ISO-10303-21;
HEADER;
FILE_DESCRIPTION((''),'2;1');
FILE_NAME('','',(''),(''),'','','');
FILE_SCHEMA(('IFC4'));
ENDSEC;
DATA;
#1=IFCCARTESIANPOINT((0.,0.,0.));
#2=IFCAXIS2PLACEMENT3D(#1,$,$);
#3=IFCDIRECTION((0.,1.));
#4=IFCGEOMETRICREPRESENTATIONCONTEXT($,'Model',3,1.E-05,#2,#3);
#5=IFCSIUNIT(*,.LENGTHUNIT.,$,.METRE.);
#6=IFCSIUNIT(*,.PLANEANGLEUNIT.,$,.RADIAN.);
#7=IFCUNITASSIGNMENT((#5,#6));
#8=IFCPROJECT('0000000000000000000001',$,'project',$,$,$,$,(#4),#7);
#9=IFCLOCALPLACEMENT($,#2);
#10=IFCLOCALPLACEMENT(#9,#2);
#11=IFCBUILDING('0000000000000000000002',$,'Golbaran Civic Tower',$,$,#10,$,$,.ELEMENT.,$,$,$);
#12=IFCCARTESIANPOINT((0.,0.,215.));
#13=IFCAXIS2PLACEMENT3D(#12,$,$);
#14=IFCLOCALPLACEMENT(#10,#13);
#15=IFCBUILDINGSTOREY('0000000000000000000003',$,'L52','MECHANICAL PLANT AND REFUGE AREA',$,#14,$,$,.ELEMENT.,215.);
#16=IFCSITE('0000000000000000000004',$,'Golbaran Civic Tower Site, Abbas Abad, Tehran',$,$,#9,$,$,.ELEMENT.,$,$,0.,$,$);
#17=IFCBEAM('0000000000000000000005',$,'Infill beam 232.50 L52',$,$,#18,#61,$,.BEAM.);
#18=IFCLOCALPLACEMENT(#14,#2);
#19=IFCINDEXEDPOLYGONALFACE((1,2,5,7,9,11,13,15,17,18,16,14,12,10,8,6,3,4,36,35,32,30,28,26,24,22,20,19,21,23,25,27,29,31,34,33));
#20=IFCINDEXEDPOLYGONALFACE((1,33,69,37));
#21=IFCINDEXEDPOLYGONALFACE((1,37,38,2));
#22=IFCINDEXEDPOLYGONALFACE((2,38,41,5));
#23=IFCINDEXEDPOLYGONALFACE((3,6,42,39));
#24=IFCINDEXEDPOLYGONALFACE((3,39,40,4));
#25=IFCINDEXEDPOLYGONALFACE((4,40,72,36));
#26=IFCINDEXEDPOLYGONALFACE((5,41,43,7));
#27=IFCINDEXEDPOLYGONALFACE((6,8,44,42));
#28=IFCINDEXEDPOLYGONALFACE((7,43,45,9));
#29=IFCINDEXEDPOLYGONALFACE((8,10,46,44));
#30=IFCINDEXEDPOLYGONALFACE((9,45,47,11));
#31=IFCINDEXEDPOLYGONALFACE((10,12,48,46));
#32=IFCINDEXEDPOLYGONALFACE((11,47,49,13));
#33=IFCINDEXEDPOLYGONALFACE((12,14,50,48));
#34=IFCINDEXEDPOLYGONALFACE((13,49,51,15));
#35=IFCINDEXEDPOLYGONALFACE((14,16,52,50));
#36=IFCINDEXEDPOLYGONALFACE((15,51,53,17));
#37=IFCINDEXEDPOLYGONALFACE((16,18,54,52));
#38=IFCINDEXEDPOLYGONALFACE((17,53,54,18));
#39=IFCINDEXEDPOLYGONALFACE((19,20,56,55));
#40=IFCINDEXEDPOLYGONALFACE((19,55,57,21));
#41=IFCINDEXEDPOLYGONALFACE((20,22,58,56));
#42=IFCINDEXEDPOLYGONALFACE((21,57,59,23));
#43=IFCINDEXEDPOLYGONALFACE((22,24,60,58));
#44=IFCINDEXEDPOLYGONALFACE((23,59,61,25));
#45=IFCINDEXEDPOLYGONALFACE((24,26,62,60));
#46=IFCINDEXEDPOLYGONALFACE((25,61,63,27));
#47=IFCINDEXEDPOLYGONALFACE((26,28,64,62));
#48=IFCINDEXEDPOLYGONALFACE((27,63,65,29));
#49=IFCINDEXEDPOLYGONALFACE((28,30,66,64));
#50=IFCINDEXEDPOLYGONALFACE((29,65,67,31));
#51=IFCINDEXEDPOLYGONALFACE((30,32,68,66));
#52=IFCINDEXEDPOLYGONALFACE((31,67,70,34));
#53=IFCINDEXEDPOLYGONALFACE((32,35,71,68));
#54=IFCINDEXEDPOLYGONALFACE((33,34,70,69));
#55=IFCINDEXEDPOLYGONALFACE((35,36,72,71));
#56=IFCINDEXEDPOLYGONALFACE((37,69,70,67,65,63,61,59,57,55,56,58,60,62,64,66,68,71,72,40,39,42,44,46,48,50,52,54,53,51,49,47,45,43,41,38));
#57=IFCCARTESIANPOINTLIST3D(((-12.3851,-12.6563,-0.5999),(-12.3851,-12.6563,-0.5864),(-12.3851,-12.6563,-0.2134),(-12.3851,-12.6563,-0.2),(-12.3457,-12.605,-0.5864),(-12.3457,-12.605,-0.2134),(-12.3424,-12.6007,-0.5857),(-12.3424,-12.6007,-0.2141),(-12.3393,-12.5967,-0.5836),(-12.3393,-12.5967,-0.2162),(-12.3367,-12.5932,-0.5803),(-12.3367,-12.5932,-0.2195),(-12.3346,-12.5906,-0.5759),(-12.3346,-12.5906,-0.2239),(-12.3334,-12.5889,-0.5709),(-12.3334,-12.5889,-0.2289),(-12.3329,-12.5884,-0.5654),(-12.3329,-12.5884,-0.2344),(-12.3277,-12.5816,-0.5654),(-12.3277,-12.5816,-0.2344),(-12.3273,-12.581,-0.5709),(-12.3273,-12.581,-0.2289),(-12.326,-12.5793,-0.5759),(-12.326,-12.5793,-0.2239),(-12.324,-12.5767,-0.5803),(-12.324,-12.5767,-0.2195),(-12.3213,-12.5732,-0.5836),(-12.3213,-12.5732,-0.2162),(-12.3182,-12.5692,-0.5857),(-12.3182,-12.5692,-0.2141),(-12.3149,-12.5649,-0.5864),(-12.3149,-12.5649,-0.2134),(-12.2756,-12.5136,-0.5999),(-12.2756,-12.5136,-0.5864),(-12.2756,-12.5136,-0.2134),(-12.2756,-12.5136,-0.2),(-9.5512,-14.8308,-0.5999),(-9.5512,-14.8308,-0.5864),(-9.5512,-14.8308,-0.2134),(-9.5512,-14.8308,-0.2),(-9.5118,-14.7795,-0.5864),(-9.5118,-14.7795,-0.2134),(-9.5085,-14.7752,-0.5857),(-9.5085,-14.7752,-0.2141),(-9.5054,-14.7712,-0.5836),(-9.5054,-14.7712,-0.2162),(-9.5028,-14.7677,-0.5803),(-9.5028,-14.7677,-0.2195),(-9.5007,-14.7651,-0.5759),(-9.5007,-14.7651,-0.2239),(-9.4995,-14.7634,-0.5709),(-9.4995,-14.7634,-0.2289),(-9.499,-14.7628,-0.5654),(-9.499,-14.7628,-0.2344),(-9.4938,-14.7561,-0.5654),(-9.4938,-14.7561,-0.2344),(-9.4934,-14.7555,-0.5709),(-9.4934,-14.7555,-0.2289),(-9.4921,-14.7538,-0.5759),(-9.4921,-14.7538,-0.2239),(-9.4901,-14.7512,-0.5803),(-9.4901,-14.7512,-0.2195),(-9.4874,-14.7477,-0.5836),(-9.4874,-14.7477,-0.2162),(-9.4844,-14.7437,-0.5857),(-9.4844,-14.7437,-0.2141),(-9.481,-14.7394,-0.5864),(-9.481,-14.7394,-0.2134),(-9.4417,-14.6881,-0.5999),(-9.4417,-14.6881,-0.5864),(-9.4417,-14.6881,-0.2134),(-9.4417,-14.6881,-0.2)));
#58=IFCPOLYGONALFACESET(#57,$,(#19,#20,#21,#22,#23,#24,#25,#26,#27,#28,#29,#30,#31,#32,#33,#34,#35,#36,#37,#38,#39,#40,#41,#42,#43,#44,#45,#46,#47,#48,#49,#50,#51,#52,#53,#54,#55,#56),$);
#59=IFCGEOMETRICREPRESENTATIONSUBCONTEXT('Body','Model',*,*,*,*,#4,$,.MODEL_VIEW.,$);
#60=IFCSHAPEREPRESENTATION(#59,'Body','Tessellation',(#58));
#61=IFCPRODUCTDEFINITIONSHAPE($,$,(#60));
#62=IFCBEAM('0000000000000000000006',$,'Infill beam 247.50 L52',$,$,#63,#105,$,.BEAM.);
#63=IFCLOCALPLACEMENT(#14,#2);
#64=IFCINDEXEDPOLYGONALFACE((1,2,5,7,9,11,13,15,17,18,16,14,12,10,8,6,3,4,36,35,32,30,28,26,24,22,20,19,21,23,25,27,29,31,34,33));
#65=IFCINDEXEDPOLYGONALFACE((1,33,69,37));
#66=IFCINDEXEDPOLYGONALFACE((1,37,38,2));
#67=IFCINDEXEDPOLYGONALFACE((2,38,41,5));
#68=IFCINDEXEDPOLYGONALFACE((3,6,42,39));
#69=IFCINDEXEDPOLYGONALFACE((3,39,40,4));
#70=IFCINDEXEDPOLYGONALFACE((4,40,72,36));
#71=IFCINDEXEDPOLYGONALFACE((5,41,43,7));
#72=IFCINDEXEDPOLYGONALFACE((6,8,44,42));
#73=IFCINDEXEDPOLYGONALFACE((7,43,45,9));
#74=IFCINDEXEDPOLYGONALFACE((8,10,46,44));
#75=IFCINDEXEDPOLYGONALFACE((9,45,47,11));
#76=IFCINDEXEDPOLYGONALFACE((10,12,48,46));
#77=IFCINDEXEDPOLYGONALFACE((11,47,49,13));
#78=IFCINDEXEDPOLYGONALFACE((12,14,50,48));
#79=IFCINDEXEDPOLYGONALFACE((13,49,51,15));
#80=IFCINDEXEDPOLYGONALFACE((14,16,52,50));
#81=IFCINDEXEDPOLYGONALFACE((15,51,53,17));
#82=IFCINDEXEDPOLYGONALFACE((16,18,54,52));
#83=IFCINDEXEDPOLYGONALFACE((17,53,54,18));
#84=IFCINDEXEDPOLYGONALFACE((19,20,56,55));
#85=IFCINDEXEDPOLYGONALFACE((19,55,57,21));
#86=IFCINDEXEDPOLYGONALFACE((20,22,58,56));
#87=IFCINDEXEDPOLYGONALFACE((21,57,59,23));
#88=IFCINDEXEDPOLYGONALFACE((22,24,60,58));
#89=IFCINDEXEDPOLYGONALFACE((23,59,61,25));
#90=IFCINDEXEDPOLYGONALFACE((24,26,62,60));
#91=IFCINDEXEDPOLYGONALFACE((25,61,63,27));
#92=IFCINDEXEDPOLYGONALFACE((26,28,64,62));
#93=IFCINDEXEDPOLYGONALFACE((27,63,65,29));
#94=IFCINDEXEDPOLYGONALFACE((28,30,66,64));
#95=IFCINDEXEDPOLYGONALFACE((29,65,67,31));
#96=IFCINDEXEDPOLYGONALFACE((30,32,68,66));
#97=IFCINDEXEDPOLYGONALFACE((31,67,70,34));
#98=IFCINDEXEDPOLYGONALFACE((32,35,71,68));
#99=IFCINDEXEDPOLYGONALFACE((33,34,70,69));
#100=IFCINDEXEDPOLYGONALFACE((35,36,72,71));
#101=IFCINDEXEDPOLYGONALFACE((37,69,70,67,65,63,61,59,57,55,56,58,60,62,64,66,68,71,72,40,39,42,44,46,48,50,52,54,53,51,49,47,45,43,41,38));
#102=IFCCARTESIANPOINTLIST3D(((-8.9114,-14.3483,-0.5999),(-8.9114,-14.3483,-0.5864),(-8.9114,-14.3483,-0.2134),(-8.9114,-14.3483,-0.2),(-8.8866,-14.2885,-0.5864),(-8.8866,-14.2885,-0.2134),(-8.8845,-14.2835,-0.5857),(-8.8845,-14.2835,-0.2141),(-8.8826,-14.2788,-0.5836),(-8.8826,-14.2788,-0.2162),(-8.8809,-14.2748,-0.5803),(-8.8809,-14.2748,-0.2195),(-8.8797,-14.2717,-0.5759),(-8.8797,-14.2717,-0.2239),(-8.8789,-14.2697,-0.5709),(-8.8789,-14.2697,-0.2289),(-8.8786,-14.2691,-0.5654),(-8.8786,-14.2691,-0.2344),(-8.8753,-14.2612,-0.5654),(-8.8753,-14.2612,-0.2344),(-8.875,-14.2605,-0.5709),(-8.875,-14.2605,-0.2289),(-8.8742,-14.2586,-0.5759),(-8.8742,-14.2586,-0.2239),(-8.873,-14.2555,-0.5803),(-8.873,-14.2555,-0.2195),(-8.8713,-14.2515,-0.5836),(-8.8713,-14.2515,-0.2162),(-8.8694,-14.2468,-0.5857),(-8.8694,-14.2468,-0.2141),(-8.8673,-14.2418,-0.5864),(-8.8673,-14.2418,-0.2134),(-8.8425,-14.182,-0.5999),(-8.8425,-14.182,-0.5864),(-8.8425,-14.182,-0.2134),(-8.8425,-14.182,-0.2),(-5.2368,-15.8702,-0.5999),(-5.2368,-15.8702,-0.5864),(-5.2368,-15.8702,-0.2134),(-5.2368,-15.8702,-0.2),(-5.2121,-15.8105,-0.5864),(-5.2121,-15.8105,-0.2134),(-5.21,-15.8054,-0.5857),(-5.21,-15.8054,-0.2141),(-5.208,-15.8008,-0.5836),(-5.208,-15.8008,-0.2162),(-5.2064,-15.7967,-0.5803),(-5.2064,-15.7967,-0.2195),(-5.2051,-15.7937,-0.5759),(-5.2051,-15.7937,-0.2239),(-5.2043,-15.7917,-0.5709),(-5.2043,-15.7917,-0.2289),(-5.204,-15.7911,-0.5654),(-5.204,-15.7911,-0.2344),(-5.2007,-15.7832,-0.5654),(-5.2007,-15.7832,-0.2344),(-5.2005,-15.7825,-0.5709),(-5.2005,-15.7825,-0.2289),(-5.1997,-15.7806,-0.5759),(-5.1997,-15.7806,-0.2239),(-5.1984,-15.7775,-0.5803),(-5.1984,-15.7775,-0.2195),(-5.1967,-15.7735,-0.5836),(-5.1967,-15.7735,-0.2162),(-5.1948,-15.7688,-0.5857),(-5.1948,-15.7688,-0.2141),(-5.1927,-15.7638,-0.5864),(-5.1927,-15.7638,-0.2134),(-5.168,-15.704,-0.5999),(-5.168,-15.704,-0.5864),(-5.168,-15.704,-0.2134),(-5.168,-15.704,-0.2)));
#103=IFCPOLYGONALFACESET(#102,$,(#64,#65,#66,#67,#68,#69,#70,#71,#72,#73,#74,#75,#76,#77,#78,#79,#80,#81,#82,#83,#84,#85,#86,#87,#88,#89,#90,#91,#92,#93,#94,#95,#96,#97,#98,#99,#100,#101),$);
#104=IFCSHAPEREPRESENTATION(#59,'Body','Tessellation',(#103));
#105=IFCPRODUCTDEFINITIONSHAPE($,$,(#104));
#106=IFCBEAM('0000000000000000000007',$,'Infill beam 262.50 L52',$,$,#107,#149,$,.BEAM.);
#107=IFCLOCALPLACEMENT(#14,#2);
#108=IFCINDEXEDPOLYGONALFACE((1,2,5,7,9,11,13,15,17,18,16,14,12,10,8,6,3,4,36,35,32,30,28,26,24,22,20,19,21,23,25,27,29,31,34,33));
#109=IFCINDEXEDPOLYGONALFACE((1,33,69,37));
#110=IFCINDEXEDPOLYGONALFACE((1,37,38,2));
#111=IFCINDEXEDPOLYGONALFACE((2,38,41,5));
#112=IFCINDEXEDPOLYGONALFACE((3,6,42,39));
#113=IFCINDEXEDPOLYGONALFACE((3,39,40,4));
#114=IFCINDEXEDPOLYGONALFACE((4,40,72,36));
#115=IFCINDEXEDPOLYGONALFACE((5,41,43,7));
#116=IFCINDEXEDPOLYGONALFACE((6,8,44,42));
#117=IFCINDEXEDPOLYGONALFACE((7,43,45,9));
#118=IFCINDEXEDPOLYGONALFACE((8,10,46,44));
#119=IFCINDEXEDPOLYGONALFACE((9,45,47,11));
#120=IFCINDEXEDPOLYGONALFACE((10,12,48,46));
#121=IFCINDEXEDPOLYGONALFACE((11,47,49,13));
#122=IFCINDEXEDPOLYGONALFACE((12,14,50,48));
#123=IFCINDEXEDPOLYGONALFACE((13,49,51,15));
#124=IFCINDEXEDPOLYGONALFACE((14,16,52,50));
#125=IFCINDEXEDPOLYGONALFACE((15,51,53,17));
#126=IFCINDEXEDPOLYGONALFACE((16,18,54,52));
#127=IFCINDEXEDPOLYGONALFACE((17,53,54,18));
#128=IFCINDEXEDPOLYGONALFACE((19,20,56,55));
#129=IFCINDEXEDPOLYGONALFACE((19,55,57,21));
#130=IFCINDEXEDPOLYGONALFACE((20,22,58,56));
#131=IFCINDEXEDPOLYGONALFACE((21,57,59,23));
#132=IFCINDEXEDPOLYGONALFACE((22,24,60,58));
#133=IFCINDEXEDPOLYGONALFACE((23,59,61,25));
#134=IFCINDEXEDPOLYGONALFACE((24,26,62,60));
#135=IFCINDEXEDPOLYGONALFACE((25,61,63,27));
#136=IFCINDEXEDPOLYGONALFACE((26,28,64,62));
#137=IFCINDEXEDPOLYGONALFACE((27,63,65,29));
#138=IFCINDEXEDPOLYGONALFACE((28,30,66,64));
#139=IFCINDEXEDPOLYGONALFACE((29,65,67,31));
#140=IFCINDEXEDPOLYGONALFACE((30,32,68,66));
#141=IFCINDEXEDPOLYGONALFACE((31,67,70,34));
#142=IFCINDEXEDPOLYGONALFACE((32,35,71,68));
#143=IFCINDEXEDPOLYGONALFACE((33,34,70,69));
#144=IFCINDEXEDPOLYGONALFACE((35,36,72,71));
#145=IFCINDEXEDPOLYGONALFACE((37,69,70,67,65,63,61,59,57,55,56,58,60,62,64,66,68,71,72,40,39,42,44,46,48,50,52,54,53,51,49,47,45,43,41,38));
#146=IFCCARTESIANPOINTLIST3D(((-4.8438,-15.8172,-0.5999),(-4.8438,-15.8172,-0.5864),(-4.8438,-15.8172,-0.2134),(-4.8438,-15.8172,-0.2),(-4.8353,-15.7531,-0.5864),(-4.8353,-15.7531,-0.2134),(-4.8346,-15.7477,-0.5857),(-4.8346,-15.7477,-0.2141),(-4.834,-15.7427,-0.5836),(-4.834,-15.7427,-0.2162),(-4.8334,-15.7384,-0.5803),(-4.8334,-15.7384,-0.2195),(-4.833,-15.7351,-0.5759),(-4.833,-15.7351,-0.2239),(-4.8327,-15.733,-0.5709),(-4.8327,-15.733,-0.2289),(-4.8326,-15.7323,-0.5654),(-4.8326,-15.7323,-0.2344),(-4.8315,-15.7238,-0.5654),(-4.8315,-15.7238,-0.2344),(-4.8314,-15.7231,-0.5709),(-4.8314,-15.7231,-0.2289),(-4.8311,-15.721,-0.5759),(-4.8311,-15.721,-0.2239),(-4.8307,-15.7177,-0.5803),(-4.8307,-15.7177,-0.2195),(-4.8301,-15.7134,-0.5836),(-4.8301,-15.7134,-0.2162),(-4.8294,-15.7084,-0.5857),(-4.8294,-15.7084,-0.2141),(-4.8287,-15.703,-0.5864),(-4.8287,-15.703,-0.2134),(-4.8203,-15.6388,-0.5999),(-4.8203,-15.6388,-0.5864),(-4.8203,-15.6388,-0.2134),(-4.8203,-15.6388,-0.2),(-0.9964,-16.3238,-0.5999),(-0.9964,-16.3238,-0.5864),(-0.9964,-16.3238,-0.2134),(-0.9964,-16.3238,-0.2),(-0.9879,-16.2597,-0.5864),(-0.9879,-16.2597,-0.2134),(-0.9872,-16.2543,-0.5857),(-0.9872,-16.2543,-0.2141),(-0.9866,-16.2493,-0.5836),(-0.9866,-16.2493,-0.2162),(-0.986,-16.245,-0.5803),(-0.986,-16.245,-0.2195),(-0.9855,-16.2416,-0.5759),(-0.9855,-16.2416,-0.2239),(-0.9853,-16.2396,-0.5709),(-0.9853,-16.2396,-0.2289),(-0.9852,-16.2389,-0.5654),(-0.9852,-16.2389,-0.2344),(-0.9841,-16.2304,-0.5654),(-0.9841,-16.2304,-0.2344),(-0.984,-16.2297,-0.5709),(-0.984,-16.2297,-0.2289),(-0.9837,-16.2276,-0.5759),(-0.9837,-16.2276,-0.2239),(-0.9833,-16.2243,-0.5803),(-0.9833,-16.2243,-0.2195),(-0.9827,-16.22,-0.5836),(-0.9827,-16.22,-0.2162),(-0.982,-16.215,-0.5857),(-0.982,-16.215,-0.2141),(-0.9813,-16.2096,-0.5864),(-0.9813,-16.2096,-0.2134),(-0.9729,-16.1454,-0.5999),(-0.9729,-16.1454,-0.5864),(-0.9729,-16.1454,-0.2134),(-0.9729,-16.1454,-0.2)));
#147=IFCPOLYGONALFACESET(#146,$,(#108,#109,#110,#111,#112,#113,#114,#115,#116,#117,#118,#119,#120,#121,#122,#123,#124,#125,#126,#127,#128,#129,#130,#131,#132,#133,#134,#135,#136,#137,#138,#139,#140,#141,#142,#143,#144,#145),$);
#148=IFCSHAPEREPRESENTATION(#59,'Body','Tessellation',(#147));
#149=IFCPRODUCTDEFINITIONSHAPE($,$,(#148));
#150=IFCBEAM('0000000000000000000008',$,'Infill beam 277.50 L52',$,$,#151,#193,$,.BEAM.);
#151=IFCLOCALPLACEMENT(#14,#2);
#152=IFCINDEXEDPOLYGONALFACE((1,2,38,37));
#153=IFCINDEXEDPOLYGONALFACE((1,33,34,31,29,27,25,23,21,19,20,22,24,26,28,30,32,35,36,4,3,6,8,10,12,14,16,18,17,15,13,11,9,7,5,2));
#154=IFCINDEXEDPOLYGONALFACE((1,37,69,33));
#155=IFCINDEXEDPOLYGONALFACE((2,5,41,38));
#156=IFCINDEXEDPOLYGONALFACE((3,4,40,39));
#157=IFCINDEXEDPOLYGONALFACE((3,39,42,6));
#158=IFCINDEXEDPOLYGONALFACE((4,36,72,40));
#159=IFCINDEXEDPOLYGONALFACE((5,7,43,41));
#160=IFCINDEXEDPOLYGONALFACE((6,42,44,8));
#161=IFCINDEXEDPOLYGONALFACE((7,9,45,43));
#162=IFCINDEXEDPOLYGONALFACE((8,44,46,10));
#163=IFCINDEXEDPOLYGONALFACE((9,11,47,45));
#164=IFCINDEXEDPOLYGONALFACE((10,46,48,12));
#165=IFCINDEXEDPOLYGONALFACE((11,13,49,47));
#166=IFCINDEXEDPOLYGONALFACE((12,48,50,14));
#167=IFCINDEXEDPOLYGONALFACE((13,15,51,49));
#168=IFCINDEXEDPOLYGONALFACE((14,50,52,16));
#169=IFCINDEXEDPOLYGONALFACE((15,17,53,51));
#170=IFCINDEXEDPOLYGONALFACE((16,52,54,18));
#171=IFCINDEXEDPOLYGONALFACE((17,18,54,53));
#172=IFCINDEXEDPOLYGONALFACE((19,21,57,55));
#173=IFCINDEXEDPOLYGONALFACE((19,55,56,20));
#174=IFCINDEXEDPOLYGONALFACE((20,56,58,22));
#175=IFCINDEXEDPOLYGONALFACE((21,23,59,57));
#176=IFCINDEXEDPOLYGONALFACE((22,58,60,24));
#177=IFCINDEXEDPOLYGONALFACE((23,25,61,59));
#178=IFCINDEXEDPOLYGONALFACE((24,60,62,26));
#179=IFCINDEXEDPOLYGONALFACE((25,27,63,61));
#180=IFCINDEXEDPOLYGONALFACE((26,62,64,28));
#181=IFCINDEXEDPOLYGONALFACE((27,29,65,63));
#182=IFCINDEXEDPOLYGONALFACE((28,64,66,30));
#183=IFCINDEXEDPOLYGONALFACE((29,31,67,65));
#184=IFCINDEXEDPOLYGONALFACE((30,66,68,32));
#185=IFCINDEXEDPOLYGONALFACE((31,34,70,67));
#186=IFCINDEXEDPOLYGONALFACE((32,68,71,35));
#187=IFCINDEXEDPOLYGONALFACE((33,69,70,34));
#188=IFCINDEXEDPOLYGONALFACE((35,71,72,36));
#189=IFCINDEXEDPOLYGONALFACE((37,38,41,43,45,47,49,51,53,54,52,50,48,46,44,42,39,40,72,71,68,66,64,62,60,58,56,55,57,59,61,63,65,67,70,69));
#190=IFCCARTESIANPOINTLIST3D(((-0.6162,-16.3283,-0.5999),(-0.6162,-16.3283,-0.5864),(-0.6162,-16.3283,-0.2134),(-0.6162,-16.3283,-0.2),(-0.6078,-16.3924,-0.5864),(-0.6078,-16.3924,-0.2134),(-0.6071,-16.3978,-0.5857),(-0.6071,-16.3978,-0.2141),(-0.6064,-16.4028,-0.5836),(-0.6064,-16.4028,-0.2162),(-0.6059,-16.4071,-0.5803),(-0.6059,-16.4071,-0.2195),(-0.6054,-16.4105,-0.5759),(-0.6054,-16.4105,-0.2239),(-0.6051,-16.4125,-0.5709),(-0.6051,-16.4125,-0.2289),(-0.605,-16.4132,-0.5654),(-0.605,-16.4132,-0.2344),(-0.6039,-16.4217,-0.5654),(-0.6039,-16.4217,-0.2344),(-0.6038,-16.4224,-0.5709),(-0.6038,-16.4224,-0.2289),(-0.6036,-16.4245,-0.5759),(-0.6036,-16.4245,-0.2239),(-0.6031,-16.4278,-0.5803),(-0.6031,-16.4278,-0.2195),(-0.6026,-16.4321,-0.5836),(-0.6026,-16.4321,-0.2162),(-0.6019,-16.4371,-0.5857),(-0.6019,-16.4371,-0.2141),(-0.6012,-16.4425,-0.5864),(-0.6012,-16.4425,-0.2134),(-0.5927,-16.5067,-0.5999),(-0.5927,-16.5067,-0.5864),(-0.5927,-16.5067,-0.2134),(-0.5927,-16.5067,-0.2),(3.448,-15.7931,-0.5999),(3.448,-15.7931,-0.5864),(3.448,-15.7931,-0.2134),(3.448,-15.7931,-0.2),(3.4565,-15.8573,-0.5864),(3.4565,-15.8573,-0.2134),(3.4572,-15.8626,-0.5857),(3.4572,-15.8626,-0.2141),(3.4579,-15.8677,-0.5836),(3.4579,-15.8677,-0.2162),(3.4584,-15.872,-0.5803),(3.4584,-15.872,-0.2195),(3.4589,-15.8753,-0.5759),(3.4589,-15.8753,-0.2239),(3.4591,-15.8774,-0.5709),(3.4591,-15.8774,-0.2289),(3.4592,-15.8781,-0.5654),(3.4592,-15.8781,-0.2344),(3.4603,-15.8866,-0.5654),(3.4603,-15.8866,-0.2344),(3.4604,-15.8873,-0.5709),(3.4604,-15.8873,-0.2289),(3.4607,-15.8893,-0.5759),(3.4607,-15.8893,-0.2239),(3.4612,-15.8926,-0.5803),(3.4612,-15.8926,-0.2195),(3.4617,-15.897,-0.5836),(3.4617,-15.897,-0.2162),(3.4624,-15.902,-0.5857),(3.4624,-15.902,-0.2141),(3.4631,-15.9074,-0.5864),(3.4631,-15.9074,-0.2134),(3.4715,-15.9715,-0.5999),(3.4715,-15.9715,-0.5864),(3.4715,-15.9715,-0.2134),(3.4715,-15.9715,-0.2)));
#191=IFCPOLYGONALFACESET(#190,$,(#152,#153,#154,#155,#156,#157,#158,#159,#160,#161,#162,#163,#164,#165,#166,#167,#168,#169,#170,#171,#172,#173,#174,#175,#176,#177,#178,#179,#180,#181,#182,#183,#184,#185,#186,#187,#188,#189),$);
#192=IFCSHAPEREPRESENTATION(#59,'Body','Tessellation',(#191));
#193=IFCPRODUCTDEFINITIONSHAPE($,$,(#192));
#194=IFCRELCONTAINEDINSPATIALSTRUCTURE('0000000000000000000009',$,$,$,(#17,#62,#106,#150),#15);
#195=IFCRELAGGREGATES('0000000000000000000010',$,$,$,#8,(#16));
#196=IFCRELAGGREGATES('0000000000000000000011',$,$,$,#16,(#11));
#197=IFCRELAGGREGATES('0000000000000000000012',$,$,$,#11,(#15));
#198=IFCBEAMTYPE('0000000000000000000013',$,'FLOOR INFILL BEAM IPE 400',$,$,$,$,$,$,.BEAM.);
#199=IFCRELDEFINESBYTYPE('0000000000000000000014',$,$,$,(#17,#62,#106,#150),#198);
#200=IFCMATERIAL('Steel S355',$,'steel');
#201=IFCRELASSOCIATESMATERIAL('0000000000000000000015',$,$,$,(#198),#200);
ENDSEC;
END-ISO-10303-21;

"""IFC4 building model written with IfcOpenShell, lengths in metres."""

from ifc_helpers import new_model, si_unit, direction, frame, origin, origin_2d, place, context, subcontext, project, spatial, i_section, extrude, material, material_profile, profile_set, type_object, element, save


model = new_model("IFC4")

# Units and contexts
model_context = context("Model", 3, precision=1e-05, world=origin(), true_north=direction((0.0, 1.0)))
body_context = subcontext(model_context, "Body", "Model", "MODEL_VIEW")
ifc_project = project(units=[si_unit("LENGTHUNIT", "METRE"), si_unit("PLANEANGLEUNIT", "RADIAN")], contexts=[model_context])

# Site, building, storey
site_placement = place(None, origin())
site = spatial("IfcSite", under=ifc_project, at=site_placement, Name="Golbaran Civic Tower Site, Abbas Abad, Tehran", CompositionType="ELEMENT", RefElevation=0.0)
building_placement = place(site_placement, origin())
building = spatial("IfcBuilding", under=site, at=building_placement, Name="Golbaran Civic Tower", CompositionType="ELEMENT")
storey_placement = place(building_placement, frame((0.0, 0.0, 215.0)))
storey = spatial("IfcBuildingStorey", under=building, at=storey_placement, Name="L52", Description="MECHANICAL PLANT AND REFUGE AREA", CompositionType="ELEMENT", Elevation=215.0)

# Shared definitions
ifc_material_1 = material(Name="Steel S355", Category="steel")

# Beams
ifc_material_profile_1 = material_profile(ifc_material_1, i_section(OverallWidth=0.1799, OverallDepth=0.3999, WebThickness=0.0085, FlangeThickness=0.0134, FilletRadius=0.021, at=origin_2d()), Name="IPE 400")
ifc_profile_set_1 = profile_set([ifc_material_profile_1], Name="Steel S355")
beam_type_1 = type_object("IfcBeamType", Name="FLOOR INFILL BEAM IPE 400", PredefinedType="BEAM", material=ifc_profile_set_1)
beam_1_placement = place(storey_placement, frame((-12.3303, -12.585, -0.3999), z_axis=(0.793358, -0.608756, 0.0), x_axis=(0.608756, 0.793358, 0.0)))
element("IfcBeam", 1, at=beam_1_placement, inside=storey, type_object=beam_type_1, Name="Infill beam 232.50 L52", PredefinedType="BEAM", context=body_context, shape_type="SweptSolid", body=[
    extrude(i_section(OverallWidth=0.1799, OverallDepth=0.3999, WebThickness=0.0085, FlangeThickness=0.0134, FilletRadius=0.021, at=origin_2d()), origin(), (0.0, 0.0, 1.0), 3.572),
])
beam_2_placement = place(storey_placement, frame((-8.877, -14.2651, -0.3999), z_axis=(0.923887, -0.382666, 0.0), x_axis=(0.382666, 0.923887, 0.0)))
element("IfcBeam", 2, at=beam_2_placement, inside=storey, type_object=beam_type_1, Name="Infill beam 247.50 L52", PredefinedType="BEAM", context=body_context, shape_type="SweptSolid", body=[
    extrude(i_section(OverallWidth=0.1799, OverallDepth=0.3999, WebThickness=0.0085, FlangeThickness=0.0134, FilletRadius=0.021, at=origin_2d()), origin(), (0.0, 0.0, 1.0), 3.9773),
])
beam_3_placement = place(storey_placement, frame((-4.832, -15.728, -0.3999), z_axis=(0.991443, -0.130544, 0.0), x_axis=(0.130544, 0.991443, 0.0)))
element("IfcBeam", 3, at=beam_3_placement, inside=storey, type_object=beam_type_1, Name="Infill beam 262.50 L52", PredefinedType="BEAM", context=body_context, shape_type="SweptSolid", body=[
    extrude(i_section(OverallWidth=0.1799, OverallDepth=0.3999, WebThickness=0.0085, FlangeThickness=0.0134, FilletRadius=0.021, at=origin_2d()), origin(), (0.0, 0.0, 1.0), 3.8806),
])
beam_4_placement = place(storey_placement, frame((-0.6045, -16.4175, -0.3999), z_axis=(0.991442, 0.130548, 0.0), x_axis=(-0.130548, 0.991442, 0.0)))
element("IfcBeam", 4, at=beam_4_placement, inside=storey, type_object=beam_type_1, Name="Infill beam 277.50 L52", PredefinedType="BEAM", context=body_context, shape_type="SweptSolid", body=[
    extrude(i_section(OverallWidth=0.1799, OverallDepth=0.3999, WebThickness=0.0085, FlangeThickness=0.0134, FilletRadius=0.021, at=origin_2d()), origin(), (0.0, 0.0, 1.0), 4.0994),
])

save(model, "model.ifc")
